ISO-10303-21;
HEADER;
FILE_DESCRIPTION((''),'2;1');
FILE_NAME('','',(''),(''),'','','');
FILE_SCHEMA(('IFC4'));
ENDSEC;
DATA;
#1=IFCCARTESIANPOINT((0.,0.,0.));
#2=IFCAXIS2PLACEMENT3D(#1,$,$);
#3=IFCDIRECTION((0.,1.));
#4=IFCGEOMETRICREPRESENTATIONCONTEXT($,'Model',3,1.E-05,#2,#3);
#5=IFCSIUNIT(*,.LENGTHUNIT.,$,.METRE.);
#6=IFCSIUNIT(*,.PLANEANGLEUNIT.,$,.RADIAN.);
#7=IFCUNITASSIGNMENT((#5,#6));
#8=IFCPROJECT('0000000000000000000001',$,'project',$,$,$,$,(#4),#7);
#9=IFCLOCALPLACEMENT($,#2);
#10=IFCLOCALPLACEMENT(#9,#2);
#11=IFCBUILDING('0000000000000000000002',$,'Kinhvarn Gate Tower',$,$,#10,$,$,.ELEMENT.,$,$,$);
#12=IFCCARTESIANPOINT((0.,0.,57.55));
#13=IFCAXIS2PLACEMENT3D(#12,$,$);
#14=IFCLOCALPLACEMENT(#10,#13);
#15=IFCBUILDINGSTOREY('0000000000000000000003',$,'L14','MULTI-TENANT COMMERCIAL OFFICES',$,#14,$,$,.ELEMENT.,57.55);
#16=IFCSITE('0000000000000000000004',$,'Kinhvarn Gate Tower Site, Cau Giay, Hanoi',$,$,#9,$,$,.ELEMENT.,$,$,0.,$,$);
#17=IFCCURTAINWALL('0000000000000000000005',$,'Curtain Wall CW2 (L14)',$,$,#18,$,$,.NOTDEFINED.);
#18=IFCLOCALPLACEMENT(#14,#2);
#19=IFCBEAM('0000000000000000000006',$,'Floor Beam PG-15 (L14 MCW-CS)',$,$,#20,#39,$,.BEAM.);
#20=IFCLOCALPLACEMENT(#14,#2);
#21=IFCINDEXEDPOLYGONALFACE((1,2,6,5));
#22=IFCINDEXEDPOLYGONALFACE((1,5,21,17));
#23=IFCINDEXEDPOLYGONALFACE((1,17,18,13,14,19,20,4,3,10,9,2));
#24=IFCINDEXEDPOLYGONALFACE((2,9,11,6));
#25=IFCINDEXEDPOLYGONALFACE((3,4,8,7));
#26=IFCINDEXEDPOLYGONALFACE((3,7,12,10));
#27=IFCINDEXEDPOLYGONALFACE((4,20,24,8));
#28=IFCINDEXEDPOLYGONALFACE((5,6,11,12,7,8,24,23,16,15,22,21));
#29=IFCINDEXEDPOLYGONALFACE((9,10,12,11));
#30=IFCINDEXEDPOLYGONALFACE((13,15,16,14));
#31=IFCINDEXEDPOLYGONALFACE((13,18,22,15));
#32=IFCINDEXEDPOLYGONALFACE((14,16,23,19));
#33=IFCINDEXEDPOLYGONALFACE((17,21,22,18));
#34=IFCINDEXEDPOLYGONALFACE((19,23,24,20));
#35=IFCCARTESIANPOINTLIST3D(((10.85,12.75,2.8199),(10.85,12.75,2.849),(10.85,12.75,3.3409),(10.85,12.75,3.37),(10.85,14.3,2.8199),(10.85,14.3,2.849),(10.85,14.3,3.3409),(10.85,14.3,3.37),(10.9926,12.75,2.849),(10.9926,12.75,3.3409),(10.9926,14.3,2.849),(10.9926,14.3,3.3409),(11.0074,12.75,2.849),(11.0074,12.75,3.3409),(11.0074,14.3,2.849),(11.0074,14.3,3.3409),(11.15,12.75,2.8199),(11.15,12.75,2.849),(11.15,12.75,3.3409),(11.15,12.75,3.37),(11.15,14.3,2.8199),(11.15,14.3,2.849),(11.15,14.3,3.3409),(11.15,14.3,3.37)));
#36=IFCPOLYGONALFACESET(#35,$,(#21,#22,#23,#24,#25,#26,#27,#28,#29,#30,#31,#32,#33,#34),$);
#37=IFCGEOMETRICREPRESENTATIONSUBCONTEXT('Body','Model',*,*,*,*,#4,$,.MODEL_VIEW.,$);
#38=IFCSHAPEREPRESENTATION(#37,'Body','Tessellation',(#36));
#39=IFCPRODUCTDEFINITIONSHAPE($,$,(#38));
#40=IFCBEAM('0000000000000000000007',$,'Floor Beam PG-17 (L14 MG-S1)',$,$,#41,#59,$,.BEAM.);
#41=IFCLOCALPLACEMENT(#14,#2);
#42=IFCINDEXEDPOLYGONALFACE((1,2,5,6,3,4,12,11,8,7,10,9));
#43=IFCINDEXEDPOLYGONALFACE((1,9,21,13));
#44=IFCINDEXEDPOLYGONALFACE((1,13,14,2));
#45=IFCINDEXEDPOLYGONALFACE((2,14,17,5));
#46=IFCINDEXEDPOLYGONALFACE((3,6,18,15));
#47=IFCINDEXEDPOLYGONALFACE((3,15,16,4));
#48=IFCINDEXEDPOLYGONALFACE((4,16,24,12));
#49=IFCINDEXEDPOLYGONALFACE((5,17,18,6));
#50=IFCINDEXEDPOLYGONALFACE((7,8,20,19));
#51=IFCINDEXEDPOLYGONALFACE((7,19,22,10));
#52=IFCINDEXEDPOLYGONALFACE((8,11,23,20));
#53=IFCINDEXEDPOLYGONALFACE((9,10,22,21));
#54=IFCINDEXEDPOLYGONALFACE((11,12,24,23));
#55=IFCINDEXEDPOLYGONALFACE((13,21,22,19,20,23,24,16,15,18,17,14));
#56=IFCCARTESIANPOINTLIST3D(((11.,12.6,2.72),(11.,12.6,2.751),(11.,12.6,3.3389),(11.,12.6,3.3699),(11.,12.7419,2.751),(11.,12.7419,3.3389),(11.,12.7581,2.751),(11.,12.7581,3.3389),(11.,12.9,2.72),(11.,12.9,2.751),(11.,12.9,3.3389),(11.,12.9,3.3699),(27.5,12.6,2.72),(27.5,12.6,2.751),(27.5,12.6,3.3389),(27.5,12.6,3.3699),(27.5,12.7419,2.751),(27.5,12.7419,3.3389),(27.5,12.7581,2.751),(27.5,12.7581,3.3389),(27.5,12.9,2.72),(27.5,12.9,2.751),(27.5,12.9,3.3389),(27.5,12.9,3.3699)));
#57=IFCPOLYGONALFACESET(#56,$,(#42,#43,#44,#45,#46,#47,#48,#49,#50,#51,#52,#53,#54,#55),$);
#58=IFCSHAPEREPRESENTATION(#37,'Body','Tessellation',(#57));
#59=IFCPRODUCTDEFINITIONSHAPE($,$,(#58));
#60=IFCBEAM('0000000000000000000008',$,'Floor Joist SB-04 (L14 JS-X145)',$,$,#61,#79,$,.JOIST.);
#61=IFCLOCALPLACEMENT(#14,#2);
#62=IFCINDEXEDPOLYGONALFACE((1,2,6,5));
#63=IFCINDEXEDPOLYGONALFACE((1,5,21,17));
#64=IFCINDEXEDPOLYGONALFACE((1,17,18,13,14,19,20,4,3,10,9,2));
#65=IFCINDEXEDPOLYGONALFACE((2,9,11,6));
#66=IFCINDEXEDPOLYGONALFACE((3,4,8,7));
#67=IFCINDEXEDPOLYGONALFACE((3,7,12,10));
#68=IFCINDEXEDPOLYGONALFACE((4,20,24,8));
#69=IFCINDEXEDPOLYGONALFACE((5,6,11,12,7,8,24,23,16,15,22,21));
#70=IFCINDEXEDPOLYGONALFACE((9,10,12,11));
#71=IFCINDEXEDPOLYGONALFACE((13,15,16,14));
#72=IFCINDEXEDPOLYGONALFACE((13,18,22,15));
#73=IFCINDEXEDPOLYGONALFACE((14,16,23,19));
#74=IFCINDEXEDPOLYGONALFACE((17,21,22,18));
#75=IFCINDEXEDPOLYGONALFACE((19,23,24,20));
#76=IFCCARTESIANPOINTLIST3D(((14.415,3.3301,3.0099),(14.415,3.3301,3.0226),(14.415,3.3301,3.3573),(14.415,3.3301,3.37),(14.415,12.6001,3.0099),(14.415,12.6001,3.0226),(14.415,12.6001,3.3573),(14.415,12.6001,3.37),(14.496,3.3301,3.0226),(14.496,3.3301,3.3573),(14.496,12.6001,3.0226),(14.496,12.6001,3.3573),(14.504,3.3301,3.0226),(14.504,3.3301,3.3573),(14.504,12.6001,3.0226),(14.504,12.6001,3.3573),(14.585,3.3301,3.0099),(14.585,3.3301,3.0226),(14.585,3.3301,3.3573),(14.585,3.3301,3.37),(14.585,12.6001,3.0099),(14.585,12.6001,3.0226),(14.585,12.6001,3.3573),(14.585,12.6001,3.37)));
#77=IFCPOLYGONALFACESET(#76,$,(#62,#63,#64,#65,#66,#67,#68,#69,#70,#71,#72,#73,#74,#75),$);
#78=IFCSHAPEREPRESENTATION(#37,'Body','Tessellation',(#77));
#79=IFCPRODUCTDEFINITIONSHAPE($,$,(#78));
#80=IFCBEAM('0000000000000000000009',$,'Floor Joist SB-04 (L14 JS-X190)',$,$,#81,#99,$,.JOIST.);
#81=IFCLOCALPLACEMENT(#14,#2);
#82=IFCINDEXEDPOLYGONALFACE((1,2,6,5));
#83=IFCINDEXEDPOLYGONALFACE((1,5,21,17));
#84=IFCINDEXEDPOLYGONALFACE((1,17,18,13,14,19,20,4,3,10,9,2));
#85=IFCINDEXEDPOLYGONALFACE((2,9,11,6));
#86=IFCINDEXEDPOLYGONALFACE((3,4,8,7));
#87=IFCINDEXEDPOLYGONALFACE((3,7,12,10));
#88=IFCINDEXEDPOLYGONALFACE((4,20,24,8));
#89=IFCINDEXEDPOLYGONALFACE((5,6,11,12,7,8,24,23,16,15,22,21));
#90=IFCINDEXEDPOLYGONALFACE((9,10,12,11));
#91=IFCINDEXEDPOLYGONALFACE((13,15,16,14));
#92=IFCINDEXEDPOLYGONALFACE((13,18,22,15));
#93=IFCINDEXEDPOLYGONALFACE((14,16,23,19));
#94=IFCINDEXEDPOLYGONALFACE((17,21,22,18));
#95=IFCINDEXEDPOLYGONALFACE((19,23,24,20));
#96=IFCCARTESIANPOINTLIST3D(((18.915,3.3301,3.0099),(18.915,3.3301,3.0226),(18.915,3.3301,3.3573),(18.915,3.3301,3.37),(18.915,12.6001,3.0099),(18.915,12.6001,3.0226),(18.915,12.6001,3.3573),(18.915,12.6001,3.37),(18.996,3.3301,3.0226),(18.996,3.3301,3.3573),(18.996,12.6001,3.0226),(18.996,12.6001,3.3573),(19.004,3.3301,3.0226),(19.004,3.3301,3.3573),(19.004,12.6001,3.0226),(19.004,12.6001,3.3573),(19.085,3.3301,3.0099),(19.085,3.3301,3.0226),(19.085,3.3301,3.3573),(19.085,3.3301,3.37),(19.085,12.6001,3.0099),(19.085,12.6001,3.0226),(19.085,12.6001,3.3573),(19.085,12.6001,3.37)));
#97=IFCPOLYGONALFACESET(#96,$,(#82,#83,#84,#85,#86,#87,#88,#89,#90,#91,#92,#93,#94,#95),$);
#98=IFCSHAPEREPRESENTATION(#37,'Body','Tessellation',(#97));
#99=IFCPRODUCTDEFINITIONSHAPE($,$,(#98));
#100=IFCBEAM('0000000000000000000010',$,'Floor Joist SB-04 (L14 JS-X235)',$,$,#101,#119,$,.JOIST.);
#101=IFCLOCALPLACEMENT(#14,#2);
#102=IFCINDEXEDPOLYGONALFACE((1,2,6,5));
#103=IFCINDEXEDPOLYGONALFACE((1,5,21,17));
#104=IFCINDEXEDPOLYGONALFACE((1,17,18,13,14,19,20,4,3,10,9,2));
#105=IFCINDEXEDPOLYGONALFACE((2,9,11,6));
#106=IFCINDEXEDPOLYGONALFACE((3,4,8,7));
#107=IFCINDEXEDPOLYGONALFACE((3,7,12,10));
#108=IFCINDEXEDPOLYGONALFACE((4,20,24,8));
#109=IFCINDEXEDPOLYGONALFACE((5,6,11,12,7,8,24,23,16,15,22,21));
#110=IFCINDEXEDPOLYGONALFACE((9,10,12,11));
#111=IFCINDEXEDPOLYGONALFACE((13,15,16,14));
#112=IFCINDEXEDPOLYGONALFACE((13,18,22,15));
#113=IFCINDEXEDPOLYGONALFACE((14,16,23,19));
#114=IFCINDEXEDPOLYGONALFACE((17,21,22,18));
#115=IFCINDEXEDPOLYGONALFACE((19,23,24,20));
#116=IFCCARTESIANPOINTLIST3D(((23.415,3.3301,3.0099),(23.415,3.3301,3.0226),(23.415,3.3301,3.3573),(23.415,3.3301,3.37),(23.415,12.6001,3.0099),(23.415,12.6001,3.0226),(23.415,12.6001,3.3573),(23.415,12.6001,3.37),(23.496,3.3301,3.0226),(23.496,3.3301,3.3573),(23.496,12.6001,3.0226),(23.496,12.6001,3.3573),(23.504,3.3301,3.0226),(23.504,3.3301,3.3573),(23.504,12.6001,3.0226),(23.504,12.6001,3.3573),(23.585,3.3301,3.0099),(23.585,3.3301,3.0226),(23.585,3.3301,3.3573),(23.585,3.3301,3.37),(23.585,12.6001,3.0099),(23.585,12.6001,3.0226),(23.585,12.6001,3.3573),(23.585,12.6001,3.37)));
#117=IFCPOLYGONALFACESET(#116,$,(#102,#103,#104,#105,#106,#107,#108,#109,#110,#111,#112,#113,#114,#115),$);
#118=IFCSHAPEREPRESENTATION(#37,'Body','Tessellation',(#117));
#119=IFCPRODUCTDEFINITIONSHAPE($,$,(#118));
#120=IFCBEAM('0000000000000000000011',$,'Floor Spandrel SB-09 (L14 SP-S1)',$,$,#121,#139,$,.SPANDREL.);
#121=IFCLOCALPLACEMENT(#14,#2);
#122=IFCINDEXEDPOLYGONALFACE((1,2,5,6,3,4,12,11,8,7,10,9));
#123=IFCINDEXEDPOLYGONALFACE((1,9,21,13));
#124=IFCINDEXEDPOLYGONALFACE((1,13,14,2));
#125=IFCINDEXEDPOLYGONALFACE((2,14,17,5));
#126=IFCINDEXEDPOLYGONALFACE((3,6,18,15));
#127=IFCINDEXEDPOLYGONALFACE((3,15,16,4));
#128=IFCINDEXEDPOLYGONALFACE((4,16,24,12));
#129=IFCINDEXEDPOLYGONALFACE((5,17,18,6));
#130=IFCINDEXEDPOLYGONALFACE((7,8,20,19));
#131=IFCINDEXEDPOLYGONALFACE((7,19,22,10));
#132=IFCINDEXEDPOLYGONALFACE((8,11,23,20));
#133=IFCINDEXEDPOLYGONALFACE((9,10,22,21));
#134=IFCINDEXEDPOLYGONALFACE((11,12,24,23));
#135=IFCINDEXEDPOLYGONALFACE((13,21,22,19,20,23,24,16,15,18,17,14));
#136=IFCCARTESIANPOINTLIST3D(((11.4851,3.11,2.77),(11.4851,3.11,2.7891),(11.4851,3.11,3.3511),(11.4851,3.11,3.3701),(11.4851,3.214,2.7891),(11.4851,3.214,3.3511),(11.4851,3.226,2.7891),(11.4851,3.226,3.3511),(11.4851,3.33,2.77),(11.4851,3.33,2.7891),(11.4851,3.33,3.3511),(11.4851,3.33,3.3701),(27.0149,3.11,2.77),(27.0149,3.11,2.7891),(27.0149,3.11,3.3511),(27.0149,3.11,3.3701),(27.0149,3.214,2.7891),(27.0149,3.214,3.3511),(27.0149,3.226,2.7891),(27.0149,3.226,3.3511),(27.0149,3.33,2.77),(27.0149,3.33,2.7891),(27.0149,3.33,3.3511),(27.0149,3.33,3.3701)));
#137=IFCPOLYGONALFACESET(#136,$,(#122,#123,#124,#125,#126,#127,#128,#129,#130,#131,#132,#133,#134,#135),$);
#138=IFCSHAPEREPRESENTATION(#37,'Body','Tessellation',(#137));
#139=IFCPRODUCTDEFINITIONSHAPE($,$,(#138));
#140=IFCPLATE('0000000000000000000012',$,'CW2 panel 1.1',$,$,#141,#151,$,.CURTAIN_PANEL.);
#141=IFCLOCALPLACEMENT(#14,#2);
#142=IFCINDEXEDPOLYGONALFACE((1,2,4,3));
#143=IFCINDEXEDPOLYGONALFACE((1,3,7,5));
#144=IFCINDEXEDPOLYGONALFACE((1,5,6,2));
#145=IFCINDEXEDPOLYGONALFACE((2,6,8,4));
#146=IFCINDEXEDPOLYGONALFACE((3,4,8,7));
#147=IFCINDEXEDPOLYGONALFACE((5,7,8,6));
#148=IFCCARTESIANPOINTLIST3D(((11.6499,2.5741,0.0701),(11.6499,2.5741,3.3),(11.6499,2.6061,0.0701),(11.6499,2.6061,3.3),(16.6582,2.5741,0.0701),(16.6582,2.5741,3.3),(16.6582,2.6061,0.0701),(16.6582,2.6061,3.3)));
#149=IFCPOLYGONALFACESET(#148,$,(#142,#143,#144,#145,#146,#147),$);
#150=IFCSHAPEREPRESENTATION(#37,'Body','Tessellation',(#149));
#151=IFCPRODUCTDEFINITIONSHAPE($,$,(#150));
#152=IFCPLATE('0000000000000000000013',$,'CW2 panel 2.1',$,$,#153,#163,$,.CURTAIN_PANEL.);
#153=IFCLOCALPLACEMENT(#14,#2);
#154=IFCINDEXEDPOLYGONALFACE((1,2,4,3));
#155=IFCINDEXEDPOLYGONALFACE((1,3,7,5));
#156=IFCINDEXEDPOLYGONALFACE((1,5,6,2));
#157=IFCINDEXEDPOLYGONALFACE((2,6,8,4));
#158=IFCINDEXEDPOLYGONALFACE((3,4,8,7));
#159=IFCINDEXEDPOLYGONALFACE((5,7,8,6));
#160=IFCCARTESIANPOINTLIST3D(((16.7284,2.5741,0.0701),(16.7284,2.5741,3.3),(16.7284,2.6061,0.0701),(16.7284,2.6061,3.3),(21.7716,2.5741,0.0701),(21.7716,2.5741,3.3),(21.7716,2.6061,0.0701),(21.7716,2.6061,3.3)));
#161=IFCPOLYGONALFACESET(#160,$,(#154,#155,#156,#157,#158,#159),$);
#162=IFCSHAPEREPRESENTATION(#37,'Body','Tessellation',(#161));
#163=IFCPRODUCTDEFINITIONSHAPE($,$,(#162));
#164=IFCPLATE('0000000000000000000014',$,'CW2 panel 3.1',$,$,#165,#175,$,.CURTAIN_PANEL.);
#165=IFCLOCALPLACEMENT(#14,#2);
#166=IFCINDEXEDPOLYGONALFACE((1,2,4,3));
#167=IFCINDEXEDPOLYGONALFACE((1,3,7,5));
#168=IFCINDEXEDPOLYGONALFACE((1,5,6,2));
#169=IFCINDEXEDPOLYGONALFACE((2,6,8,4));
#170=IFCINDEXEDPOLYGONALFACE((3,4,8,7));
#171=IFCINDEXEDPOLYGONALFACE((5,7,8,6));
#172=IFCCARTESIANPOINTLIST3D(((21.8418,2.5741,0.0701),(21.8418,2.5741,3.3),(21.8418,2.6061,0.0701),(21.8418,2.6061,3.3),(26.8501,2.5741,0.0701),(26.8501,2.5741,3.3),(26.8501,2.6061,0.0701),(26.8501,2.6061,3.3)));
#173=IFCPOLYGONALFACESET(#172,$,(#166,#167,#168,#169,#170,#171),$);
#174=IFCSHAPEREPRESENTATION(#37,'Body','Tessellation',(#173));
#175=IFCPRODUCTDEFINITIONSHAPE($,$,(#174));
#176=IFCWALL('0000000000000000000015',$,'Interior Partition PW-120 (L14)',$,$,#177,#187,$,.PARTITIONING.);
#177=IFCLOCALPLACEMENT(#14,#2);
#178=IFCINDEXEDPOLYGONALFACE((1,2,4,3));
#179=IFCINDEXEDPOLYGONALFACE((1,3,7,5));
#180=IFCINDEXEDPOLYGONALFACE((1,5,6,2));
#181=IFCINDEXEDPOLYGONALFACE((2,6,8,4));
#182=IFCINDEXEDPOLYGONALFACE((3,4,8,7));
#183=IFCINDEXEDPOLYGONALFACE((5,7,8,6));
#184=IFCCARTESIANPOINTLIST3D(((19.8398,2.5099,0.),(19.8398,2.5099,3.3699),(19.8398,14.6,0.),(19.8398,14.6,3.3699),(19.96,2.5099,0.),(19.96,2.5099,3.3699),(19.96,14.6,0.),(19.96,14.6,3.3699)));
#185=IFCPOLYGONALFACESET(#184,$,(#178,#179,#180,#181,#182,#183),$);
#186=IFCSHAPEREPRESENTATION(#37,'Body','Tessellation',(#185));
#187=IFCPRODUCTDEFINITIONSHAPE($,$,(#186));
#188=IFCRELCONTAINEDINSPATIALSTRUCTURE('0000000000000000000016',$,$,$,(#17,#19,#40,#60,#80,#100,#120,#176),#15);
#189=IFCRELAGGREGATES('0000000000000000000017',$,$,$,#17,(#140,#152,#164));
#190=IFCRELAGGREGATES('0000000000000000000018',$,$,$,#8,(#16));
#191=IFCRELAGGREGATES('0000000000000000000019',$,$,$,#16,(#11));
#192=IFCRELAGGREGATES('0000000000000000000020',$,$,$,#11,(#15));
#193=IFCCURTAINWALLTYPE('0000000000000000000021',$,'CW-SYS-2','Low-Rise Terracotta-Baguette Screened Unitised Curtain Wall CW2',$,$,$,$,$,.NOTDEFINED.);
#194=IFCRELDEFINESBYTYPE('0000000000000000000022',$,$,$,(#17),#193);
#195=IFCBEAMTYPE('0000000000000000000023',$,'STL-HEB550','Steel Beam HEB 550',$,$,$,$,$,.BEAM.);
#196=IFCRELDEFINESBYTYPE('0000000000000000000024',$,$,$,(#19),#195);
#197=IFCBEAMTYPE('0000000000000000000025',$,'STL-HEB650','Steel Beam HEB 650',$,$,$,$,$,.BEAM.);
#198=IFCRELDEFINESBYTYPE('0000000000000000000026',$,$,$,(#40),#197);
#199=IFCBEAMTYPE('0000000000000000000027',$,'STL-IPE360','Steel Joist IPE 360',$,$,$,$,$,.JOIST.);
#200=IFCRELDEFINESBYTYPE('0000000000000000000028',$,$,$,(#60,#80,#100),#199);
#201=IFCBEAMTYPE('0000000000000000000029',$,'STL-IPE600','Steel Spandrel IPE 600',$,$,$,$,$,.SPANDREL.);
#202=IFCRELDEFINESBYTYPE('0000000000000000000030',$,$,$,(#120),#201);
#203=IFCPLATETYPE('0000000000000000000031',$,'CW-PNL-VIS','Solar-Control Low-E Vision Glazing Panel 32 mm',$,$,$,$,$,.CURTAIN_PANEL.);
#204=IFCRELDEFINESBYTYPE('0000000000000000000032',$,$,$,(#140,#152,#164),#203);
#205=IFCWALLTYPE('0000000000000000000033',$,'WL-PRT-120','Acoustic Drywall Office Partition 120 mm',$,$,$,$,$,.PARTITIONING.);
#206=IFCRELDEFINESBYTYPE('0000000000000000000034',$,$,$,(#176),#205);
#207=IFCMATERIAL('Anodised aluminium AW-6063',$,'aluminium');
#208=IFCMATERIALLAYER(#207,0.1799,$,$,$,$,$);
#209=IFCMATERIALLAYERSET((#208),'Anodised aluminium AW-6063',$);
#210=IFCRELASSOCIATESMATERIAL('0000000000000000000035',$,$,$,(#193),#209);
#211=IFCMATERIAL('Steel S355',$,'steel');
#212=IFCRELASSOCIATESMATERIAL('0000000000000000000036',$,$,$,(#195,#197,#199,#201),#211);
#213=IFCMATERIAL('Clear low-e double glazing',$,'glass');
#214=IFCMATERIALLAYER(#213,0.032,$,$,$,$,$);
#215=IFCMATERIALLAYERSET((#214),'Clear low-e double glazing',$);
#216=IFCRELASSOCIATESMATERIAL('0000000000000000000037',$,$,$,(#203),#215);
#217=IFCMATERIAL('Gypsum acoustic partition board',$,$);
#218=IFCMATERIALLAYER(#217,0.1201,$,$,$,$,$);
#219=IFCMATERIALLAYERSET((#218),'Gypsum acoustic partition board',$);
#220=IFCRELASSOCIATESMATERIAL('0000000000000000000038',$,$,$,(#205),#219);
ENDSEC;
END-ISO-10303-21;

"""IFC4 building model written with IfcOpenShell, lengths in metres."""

from ifc_helpers import new_model, si_unit, direction, frame, frame_2d, origin, origin_2d, place, context, subcontext, project, spatial, rectangle, i_section, extrude, material, layer, layer_set, material_profile, profile_set, type_object, element, aggregate, save


model = new_model("IFC4")

# Units and contexts
model_context = context("Model", 3, precision=1e-05, world=origin(), true_north=direction((0.0, 1.0)))
body_context = subcontext(model_context, "Body", "Model", "MODEL_VIEW")
ifc_project = project(units=[si_unit("LENGTHUNIT", "METRE"), si_unit("PLANEANGLEUNIT", "RADIAN")], contexts=[model_context])

# Site, building, storey
site_placement = place(None, origin())
site = spatial("IfcSite", under=ifc_project, at=site_placement, Name="Kinhvarn Gate Tower Site, Cau Giay, Hanoi", CompositionType="ELEMENT", RefElevation=0.0)
building_placement = place(site_placement, origin())
building = spatial("IfcBuilding", under=site, at=building_placement, Name="Kinhvarn Gate Tower", CompositionType="ELEMENT")
storey_placement = place(building_placement, frame((0.0, 0.0, 57.55)))
storey = spatial("IfcBuildingStorey", under=building, at=storey_placement, Name="L14", Description="MULTI-TENANT COMMERCIAL OFFICES", CompositionType="ELEMENT", Elevation=57.55)

# Shared definitions
ifc_material_1 = material(Name="Anodised aluminium AW-6063", Category="aluminium")
ifc_layer_1 = layer(ifc_material_1, 0.1799)
ifc_layer_set_1 = layer_set([ifc_layer_1], Name="Anodised aluminium AW-6063")
curtain_wall_type = type_object("IfcCurtainWallType", Name="CW-SYS-2", Description="Low-Rise Terracotta-Baguette Screened Unitised Curtain Wall CW2", PredefinedType="NOTDEFINED", material=ifc_layer_set_1)

# Curtain wall
curtain_wall_1_placement = place(storey_placement, origin())
curtain_wall_1 = element("IfcCurtainWall", 1, at=curtain_wall_1_placement, inside=storey, type_object=curtain_wall_type, Name="Curtain Wall CW2 (L14)", PredefinedType="NOTDEFINED")

# Beams
ifc_material_2 = material(Name="Steel S355", Category="steel")
ifc_material_profile_1 = material_profile(ifc_material_2, i_section(OverallWidth=0.3, OverallDepth=0.55, WebThickness=0.0149, FlangeThickness=0.0291, at=origin_2d()), Name="HEB 550")
ifc_profile_set_1 = profile_set([ifc_material_profile_1], Name="Steel S355")
beam_type_1 = type_object("IfcBeamType", Name="STL-HEB550", Description="Steel Beam HEB 550", PredefinedType="BEAM", material=ifc_profile_set_1)
beam_1_placement = place(storey_placement, frame((11.0, 12.75, 3.095), z_axis=(0.0, 1.0, 0.0), x_axis=(-1.0, 0.0, 0.0)))
element("IfcBeam", 2, at=beam_1_placement, inside=storey, type_object=beam_type_1, Name="Floor Beam PG-15 (L14 MCW-CS)", PredefinedType="BEAM", context=body_context, shape_type="SweptSolid", body=[
    extrude(i_section(OverallWidth=0.3, OverallDepth=0.55, WebThickness=0.0149, FlangeThickness=0.0291, at=origin_2d()), origin(), (0.0, 0.0, 1.0), 1.55),
])
ifc_material_profile_2 = material_profile(ifc_material_2, i_section(OverallWidth=0.3, OverallDepth=0.6499, WebThickness=0.0161, FlangeThickness=0.031, at=origin_2d()), Name="HEB 650")
ifc_profile_set_2 = profile_set([ifc_material_profile_2], Name="Steel S355")
beam_type_2 = type_object("IfcBeamType", Name="STL-HEB650", Description="Steel Beam HEB 650", PredefinedType="BEAM", material=ifc_profile_set_2)
beam_2_placement = place(storey_placement, frame((11.0, 12.75, 3.0449), z_axis=(1.0, 0.0, 0.0), x_axis=(0.0, 1.0, 0.0)))
element("IfcBeam", 3, at=beam_2_placement, inside=storey, type_object=beam_type_2, Name="Floor Beam PG-17 (L14 MG-S1)", PredefinedType="BEAM", context=body_context, shape_type="SweptSolid", body=[
    extrude(i_section(OverallWidth=0.3, OverallDepth=0.6499, WebThickness=0.0161, FlangeThickness=0.031, at=origin_2d()), origin(), (0.0, 0.0, 1.0), 16.5),
])
ifc_material_profile_3 = material_profile(ifc_material_2, i_section(OverallWidth=0.1699, OverallDepth=0.3601, WebThickness=0.0081, FlangeThickness=0.0127, at=origin_2d()), Name="IPE 360")
ifc_profile_set_3 = profile_set([ifc_material_profile_3], Name="Steel S355")
beam_type_3 = type_object("IfcBeamType", Name="STL-IPE360", Description="Steel Joist IPE 360", PredefinedType="JOIST", material=ifc_profile_set_3)
for number, where, z_axis, x_axis, name in (
    (4, (14.5, 3.3301, 3.1899), (0.0, 1.0, 0.0), (-1.0, 0.0, 0.0), "Floor Joist SB-04 (L14 JS-X145)"),
    (5, (19.0, 3.3301, 3.1899), (0.0, 1.0, 0.0), (-1.0, 0.0, 0.0), "Floor Joist SB-04 (L14 JS-X190)"),
    (6, (23.5, 3.3301, 3.1899), (0.0, 1.0, 0.0), (-1.0, 0.0, 0.0), "Floor Joist SB-04 (L14 JS-X235)"),
):
    element("IfcBeam", number, at=place(storey_placement, frame(where, z_axis=z_axis, x_axis=x_axis)), inside=storey, type_object=beam_type_3, Name=name, PredefinedType="JOIST", context=body_context, shape_type="SweptSolid", body=[
        extrude(i_section(OverallWidth=0.1699, OverallDepth=0.3601, WebThickness=0.0081, FlangeThickness=0.0127, at=origin_2d()), origin(), (0.0, 0.0, 1.0), 9.27),
    ])
ifc_material_profile_4 = material_profile(ifc_material_2, i_section(OverallWidth=0.22, OverallDepth=0.6001, WebThickness=0.012, FlangeThickness=0.019, at=origin_2d()), Name="IPE 600")
ifc_profile_set_4 = profile_set([ifc_material_profile_4], Name="Steel S355")
beam_type_4 = type_object("IfcBeamType", Name="STL-IPE600", Description="Steel Spandrel IPE 600", PredefinedType="SPANDREL", material=ifc_profile_set_4)
beam_3_placement = place(storey_placement, frame((11.4851, 3.22, 3.0701), z_axis=(1.0, 0.0, 0.0), x_axis=(0.0, 1.0, 0.0)))
element("IfcBeam", 7, at=beam_3_placement, inside=storey, type_object=beam_type_4, Name="Floor Spandrel SB-09 (L14 SP-S1)", PredefinedType="SPANDREL", context=body_context, shape_type="SweptSolid", body=[
    extrude(i_section(OverallWidth=0.22, OverallDepth=0.6001, WebThickness=0.012, FlangeThickness=0.019, at=origin_2d()), origin(), (0.0, 0.0, 1.0), 15.5298),
])

# Plates
ifc_material_3 = material(Name="Clear low-e double glazing", Category="glass")
ifc_layer_2 = layer(ifc_material_3, 0.032)
ifc_layer_set_2 = layer_set([ifc_layer_2], Name="Clear low-e double glazing")
plate_type = type_object("IfcPlateType", Name="CW-PNL-VIS", Description="Solar-Control Low-E Vision Glazing Panel 32 mm", PredefinedType="CURTAIN_PANEL", material=ifc_layer_set_2)
plate_1_placement = place(storey_placement, frame((14.1541, 2.5901, 0.0701), z_axis=(0.0, 0.0, 1.0), x_axis=(1.0, 0.0, 0.0)))
plate_1 = element("IfcPlate", 8, at=plate_1_placement, type_object=plate_type, Name="CW2 panel 1.1", PredefinedType="CURTAIN_PANEL", context=body_context, shape_type="SweptSolid", body=[
    extrude(rectangle(XDim=5.0083, YDim=0.032, at=origin_2d()), origin(), (0.0, 0.0, 1.0), 3.23),
])
plate_2_placement = place(storey_placement, frame((19.25, 2.5901, 0.0701), z_axis=(0.0, 0.0, 1.0), x_axis=(1.0, 0.0, 0.0)))
plate_2 = element("IfcPlate", 9, at=plate_2_placement, type_object=plate_type, Name="CW2 panel 2.1", PredefinedType="CURTAIN_PANEL", context=body_context, shape_type="SweptSolid", body=[
    extrude(rectangle(XDim=5.0432, YDim=0.032, at=origin_2d()), origin(), (0.0, 0.0, 1.0), 3.23),
])
plate_3_placement = place(storey_placement, frame((24.3459, 2.5901, 0.0701), z_axis=(0.0, 0.0, 1.0), x_axis=(1.0, 0.0, 0.0)))
plate_3 = element("IfcPlate", 10, at=plate_3_placement, type_object=plate_type, Name="CW2 panel 3.1", PredefinedType="CURTAIN_PANEL", context=body_context, shape_type="SweptSolid", body=[
    extrude(rectangle(XDim=5.0083, YDim=0.032, at=origin_2d()), origin(), (0.0, 0.0, 1.0), 3.23),
])
aggregate(curtain_wall_1, [plate_1, plate_2, plate_3])

# Wall
ifc_material_4 = material(Name="Gypsum acoustic partition board")
ifc_layer_3 = layer(ifc_material_4, 0.1201)
ifc_layer_set_3 = layer_set([ifc_layer_3], Name="Gypsum acoustic partition board")
wall_type = type_object("IfcWallType", Name="WL-PRT-120", Description="Acoustic Drywall Office Partition 120 mm", PredefinedType="PARTITIONING", material=ifc_layer_set_3)
for number, where, z_axis, x_axis, name in (
    (11, (19.8999, 2.51, 0.0), (0.0, 0.0, 1.0), (0.0, 1.0, 0.0), "Interior Partition PW-120 (L14)"),
):
    element("IfcWall", number, at=place(storey_placement, frame(where, z_axis=z_axis, x_axis=x_axis)), inside=storey, type_object=wall_type, Name=name, PredefinedType="PARTITIONING", context=body_context, shape_type="SweptSolid", body=[
        extrude(rectangle(XDim=12.0901, YDim=0.1201, at=frame_2d((6.0449, 0.0))), origin(), (0.0, 0.0, 1.0), 3.3699),
    ])

save(model, "model.ifc")
